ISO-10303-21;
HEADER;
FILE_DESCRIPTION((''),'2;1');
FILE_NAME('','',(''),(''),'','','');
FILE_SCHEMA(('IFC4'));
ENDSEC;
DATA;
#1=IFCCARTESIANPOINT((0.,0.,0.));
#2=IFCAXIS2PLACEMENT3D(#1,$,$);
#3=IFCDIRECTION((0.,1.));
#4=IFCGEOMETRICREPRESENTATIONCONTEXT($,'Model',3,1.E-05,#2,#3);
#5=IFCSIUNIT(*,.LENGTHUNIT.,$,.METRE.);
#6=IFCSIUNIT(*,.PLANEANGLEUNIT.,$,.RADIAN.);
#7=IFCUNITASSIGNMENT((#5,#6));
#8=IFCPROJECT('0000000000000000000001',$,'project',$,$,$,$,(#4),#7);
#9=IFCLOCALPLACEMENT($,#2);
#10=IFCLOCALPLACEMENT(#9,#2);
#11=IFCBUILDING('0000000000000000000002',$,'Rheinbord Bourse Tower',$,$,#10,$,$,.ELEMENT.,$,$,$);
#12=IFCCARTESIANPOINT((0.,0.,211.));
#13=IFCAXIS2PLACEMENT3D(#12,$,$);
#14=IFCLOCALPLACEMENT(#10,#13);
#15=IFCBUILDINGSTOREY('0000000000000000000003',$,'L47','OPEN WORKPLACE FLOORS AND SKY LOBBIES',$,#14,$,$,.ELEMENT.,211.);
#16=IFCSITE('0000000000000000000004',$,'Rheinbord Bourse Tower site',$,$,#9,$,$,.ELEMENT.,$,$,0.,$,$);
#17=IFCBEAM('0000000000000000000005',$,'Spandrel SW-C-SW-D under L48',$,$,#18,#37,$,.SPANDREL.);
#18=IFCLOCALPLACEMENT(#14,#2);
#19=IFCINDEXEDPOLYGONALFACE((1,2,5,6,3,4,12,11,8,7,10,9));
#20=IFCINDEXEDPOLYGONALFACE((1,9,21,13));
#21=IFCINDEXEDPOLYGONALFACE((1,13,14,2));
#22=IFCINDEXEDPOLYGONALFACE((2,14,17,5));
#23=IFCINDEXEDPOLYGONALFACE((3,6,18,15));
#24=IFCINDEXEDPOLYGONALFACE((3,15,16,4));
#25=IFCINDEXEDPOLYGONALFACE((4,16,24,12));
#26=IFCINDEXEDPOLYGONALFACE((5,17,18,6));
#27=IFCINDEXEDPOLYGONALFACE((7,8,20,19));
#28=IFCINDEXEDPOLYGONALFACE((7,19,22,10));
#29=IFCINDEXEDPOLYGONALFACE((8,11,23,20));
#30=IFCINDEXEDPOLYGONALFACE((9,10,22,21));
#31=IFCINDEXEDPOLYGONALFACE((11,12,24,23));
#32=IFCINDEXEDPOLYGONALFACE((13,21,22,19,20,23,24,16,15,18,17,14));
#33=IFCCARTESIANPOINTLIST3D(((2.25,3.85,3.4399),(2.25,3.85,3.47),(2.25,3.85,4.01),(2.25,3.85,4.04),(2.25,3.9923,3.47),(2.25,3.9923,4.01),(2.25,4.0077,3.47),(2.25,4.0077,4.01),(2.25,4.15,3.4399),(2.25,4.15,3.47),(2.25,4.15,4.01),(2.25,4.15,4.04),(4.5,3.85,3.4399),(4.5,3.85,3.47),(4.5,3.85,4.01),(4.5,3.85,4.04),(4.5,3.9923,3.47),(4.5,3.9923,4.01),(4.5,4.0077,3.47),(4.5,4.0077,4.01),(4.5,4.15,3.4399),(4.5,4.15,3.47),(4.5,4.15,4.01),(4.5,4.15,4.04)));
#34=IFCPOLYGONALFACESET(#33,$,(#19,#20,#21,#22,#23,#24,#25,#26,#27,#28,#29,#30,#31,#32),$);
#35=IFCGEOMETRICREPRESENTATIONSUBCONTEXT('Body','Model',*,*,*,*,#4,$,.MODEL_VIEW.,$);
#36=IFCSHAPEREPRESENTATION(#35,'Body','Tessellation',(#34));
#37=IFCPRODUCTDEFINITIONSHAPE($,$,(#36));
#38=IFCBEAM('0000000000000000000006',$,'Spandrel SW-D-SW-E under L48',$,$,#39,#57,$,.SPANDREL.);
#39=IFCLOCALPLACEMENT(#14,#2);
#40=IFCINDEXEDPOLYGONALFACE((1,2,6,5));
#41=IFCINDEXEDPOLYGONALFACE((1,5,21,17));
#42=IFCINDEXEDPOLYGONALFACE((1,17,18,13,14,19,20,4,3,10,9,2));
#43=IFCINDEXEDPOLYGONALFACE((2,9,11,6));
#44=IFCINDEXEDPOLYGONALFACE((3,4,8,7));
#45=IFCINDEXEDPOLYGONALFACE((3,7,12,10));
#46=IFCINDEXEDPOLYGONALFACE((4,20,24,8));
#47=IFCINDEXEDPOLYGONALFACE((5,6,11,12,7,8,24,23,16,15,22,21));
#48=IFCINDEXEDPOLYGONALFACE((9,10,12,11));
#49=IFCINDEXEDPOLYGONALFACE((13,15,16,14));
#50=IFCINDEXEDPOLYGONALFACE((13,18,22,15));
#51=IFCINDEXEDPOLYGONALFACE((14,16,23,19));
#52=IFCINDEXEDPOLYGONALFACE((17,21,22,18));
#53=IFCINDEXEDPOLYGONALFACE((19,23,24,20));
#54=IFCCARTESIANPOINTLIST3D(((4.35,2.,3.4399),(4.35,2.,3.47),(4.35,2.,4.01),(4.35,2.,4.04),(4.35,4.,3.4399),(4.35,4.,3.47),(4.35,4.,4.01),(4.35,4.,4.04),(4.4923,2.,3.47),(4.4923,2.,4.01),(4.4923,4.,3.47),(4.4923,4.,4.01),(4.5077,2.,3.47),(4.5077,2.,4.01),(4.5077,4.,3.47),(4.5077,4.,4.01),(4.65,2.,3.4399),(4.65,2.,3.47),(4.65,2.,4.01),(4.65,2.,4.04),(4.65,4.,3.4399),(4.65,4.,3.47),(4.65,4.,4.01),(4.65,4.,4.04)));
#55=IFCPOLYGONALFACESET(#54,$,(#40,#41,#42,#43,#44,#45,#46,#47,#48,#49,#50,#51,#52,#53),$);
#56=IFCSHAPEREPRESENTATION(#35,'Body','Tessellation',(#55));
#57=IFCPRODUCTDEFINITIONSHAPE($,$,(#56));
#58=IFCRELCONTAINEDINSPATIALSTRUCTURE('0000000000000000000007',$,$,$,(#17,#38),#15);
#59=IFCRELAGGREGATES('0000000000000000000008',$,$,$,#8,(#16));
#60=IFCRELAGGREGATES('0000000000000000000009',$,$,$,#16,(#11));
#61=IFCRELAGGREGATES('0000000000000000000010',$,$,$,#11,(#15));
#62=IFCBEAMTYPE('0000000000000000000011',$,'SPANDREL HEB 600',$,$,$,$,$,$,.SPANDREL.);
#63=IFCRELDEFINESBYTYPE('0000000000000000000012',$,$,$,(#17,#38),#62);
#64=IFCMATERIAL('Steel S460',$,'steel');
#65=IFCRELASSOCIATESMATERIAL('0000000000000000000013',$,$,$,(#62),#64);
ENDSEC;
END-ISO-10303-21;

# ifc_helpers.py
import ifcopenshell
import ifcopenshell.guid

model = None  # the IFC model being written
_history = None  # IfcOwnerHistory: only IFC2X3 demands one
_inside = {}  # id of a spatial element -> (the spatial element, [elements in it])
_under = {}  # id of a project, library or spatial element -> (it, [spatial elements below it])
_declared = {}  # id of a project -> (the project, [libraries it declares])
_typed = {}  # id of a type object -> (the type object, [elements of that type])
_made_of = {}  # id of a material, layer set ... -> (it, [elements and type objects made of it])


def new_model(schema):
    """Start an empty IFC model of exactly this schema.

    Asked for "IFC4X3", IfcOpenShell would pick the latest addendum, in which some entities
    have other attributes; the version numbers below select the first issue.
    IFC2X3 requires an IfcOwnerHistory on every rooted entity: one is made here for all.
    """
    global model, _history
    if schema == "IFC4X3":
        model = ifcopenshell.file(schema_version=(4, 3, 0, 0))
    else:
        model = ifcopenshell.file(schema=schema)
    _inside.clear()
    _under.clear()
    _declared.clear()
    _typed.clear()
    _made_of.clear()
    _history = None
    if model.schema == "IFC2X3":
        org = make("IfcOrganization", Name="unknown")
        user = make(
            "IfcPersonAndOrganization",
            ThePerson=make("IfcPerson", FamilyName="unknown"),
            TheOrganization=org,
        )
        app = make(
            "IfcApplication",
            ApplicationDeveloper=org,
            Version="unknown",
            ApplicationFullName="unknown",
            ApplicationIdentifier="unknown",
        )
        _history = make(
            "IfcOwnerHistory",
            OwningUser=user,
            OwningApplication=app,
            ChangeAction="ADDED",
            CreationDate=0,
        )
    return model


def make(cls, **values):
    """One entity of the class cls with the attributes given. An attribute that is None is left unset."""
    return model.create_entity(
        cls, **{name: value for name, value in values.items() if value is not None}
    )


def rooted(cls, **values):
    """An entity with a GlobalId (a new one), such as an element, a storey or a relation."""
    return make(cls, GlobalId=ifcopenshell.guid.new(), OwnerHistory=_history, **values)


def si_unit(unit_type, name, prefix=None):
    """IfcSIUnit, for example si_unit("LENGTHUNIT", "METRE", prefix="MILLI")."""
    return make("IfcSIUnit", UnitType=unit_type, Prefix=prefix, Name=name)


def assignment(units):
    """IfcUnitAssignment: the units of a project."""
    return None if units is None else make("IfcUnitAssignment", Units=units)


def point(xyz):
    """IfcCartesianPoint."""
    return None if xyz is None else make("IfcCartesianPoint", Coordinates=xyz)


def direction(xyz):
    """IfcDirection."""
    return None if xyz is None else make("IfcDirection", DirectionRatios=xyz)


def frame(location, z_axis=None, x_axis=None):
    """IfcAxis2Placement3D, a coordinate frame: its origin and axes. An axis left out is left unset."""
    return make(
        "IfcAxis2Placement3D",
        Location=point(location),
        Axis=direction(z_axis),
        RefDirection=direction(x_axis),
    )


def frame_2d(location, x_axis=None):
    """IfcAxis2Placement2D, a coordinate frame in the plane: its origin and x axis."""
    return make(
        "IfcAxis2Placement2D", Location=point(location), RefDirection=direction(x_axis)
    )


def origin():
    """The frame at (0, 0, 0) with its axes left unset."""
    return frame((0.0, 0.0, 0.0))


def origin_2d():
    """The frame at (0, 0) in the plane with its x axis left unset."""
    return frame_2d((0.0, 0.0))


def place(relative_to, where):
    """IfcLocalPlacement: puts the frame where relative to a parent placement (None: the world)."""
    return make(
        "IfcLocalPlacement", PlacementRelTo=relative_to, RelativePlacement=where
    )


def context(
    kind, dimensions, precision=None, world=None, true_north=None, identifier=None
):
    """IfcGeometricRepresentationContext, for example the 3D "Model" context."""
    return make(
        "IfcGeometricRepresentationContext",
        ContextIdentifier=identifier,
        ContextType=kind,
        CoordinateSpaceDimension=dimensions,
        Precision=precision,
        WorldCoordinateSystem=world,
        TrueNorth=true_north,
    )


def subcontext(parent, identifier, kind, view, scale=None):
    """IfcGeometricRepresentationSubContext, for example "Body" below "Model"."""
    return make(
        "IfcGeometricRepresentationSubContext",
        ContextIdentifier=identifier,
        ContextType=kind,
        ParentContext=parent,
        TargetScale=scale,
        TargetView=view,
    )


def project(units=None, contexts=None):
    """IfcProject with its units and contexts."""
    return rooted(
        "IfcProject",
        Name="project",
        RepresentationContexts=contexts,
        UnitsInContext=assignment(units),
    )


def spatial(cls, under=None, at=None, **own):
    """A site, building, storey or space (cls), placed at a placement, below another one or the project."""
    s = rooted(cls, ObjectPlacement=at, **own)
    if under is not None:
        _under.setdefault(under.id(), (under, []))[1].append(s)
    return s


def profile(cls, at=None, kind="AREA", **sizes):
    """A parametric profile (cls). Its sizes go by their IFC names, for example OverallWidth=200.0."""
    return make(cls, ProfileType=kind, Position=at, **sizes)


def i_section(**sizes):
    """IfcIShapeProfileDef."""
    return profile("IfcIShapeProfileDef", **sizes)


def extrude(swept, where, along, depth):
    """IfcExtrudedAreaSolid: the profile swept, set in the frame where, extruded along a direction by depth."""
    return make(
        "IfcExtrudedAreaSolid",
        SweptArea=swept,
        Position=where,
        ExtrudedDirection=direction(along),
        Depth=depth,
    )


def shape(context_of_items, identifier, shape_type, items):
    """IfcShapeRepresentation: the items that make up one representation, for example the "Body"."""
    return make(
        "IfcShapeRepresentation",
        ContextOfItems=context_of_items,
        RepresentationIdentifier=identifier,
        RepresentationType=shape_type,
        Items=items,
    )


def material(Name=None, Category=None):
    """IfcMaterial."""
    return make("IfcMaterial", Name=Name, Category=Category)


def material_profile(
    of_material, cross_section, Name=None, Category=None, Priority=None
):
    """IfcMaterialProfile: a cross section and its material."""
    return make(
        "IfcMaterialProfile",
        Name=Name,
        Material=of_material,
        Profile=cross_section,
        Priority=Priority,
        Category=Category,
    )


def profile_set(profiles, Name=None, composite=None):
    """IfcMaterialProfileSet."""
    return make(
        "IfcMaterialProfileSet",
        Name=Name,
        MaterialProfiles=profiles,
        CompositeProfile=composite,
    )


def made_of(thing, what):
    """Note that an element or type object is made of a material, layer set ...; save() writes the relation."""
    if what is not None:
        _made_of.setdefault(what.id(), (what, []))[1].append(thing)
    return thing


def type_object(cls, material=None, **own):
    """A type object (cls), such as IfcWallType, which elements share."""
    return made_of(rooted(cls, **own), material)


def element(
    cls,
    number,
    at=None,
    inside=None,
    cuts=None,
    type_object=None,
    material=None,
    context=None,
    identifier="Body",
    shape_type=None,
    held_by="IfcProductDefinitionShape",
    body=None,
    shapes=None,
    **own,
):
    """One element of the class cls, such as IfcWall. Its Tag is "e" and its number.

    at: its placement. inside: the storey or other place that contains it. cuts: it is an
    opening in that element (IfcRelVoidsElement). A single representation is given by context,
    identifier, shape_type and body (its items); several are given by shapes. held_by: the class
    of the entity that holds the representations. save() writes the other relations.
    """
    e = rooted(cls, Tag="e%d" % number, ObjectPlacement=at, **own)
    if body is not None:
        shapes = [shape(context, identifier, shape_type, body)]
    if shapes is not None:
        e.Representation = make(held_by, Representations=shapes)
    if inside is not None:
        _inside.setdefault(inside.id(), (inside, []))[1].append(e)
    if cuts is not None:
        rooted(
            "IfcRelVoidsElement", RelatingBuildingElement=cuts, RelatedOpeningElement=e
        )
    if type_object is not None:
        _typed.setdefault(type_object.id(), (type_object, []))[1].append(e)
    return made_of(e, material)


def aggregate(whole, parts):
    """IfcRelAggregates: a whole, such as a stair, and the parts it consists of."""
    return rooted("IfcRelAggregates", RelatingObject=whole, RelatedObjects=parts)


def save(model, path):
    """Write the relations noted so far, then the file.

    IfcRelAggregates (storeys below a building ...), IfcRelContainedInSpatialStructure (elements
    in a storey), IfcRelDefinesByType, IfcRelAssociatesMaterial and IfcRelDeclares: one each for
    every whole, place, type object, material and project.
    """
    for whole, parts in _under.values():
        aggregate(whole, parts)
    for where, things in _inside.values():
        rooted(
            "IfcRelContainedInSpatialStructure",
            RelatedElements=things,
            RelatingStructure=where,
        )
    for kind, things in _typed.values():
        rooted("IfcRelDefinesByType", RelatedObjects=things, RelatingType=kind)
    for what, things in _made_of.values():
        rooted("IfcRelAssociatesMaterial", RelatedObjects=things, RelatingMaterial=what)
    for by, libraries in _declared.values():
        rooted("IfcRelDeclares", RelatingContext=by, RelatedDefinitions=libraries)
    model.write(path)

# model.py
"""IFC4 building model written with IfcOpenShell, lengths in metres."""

from ifc_helpers import new_model, si_unit, direction, frame, origin, origin_2d, place, context, subcontext, project, spatial, i_section, extrude, material, material_profile, profile_set, type_object, element, save


model = new_model("IFC4")

# Units and contexts
model_context = context("Model", 3, precision=1e-05, world=origin(), true_north=direction((0.0, 1.0)))
body_context = subcontext(model_context, "Body", "Model", "MODEL_VIEW")
ifc_project = project(units=[si_unit("LENGTHUNIT", "METRE"), si_unit("PLANEANGLEUNIT", "RADIAN")], contexts=[model_context])

# Site, building, storey
site_placement = place(None, origin())
site = spatial("IfcSite", under=ifc_project, at=site_placement, Name="Rheinbord Bourse Tower site", CompositionType="ELEMENT", RefElevation=0.0)
building_placement = place(site_placement, origin())
building = spatial("IfcBuilding", under=site, at=building_placement, Name="Rheinbord Bourse Tower", CompositionType="ELEMENT")
storey_placement = place(building_placement, frame((0.0, 0.0, 211.0)))
storey = spatial("IfcBuildingStorey", under=building, at=storey_placement, Name="L47", Description="OPEN WORKPLACE FLOORS AND SKY LOBBIES", CompositionType="ELEMENT", Elevation=211.0)

# Beams
ifc_material_1 = material(Name="Steel S460", Category="steel")
ifc_material_profile_1 = material_profile(ifc_material_1, i_section(OverallWidth=0.3, OverallDepth=0.6001, WebThickness=0.0154, FlangeThickness=0.03, at=origin_2d()), Name="HEB 600")
ifc_profile_set_1 = profile_set([ifc_material_profile_1], Name="Steel S460")
beam_type_1 = type_object("IfcBeamType", Name="SPANDREL HEB 600", PredefinedType="SPANDREL", material=ifc_profile_set_1)
beam_1_placement = place(storey_placement, frame((2.25, 4.0, 3.74), z_axis=(1.0, 0.0, 0.0), x_axis=(0.0, 1.0, 0.0)))
element("IfcBeam", 1, at=beam_1_placement, inside=storey, type_object=beam_type_1, Name="Spandrel SW-C-SW-D under L48", PredefinedType="SPANDREL", context=body_context, shape_type="SweptSolid", body=[
    extrude(i_section(OverallWidth=0.3, OverallDepth=0.6001, WebThickness=0.0154, FlangeThickness=0.03, at=origin_2d()), origin(), (0.0, 0.0, 1.0), 2.25),
])
beam_2_placement = place(storey_placement, frame((4.5, 4.0, 3.74), z_axis=(0.0, -1.0, 0.0), x_axis=(1.0, 0.0, 0.0)))
element("IfcBeam", 2, at=beam_2_placement, inside=storey, type_object=beam_type_1, Name="Spandrel SW-D-SW-E under L48", PredefinedType="SPANDREL", context=body_context, shape_type="SweptSolid", body=[
    extrude(i_section(OverallWidth=0.3, OverallDepth=0.6001, WebThickness=0.0154, FlangeThickness=0.03, at=origin_2d()), origin(), (0.0, 0.0, 1.0), 2.0),
])

save(model, "model.ifc")
